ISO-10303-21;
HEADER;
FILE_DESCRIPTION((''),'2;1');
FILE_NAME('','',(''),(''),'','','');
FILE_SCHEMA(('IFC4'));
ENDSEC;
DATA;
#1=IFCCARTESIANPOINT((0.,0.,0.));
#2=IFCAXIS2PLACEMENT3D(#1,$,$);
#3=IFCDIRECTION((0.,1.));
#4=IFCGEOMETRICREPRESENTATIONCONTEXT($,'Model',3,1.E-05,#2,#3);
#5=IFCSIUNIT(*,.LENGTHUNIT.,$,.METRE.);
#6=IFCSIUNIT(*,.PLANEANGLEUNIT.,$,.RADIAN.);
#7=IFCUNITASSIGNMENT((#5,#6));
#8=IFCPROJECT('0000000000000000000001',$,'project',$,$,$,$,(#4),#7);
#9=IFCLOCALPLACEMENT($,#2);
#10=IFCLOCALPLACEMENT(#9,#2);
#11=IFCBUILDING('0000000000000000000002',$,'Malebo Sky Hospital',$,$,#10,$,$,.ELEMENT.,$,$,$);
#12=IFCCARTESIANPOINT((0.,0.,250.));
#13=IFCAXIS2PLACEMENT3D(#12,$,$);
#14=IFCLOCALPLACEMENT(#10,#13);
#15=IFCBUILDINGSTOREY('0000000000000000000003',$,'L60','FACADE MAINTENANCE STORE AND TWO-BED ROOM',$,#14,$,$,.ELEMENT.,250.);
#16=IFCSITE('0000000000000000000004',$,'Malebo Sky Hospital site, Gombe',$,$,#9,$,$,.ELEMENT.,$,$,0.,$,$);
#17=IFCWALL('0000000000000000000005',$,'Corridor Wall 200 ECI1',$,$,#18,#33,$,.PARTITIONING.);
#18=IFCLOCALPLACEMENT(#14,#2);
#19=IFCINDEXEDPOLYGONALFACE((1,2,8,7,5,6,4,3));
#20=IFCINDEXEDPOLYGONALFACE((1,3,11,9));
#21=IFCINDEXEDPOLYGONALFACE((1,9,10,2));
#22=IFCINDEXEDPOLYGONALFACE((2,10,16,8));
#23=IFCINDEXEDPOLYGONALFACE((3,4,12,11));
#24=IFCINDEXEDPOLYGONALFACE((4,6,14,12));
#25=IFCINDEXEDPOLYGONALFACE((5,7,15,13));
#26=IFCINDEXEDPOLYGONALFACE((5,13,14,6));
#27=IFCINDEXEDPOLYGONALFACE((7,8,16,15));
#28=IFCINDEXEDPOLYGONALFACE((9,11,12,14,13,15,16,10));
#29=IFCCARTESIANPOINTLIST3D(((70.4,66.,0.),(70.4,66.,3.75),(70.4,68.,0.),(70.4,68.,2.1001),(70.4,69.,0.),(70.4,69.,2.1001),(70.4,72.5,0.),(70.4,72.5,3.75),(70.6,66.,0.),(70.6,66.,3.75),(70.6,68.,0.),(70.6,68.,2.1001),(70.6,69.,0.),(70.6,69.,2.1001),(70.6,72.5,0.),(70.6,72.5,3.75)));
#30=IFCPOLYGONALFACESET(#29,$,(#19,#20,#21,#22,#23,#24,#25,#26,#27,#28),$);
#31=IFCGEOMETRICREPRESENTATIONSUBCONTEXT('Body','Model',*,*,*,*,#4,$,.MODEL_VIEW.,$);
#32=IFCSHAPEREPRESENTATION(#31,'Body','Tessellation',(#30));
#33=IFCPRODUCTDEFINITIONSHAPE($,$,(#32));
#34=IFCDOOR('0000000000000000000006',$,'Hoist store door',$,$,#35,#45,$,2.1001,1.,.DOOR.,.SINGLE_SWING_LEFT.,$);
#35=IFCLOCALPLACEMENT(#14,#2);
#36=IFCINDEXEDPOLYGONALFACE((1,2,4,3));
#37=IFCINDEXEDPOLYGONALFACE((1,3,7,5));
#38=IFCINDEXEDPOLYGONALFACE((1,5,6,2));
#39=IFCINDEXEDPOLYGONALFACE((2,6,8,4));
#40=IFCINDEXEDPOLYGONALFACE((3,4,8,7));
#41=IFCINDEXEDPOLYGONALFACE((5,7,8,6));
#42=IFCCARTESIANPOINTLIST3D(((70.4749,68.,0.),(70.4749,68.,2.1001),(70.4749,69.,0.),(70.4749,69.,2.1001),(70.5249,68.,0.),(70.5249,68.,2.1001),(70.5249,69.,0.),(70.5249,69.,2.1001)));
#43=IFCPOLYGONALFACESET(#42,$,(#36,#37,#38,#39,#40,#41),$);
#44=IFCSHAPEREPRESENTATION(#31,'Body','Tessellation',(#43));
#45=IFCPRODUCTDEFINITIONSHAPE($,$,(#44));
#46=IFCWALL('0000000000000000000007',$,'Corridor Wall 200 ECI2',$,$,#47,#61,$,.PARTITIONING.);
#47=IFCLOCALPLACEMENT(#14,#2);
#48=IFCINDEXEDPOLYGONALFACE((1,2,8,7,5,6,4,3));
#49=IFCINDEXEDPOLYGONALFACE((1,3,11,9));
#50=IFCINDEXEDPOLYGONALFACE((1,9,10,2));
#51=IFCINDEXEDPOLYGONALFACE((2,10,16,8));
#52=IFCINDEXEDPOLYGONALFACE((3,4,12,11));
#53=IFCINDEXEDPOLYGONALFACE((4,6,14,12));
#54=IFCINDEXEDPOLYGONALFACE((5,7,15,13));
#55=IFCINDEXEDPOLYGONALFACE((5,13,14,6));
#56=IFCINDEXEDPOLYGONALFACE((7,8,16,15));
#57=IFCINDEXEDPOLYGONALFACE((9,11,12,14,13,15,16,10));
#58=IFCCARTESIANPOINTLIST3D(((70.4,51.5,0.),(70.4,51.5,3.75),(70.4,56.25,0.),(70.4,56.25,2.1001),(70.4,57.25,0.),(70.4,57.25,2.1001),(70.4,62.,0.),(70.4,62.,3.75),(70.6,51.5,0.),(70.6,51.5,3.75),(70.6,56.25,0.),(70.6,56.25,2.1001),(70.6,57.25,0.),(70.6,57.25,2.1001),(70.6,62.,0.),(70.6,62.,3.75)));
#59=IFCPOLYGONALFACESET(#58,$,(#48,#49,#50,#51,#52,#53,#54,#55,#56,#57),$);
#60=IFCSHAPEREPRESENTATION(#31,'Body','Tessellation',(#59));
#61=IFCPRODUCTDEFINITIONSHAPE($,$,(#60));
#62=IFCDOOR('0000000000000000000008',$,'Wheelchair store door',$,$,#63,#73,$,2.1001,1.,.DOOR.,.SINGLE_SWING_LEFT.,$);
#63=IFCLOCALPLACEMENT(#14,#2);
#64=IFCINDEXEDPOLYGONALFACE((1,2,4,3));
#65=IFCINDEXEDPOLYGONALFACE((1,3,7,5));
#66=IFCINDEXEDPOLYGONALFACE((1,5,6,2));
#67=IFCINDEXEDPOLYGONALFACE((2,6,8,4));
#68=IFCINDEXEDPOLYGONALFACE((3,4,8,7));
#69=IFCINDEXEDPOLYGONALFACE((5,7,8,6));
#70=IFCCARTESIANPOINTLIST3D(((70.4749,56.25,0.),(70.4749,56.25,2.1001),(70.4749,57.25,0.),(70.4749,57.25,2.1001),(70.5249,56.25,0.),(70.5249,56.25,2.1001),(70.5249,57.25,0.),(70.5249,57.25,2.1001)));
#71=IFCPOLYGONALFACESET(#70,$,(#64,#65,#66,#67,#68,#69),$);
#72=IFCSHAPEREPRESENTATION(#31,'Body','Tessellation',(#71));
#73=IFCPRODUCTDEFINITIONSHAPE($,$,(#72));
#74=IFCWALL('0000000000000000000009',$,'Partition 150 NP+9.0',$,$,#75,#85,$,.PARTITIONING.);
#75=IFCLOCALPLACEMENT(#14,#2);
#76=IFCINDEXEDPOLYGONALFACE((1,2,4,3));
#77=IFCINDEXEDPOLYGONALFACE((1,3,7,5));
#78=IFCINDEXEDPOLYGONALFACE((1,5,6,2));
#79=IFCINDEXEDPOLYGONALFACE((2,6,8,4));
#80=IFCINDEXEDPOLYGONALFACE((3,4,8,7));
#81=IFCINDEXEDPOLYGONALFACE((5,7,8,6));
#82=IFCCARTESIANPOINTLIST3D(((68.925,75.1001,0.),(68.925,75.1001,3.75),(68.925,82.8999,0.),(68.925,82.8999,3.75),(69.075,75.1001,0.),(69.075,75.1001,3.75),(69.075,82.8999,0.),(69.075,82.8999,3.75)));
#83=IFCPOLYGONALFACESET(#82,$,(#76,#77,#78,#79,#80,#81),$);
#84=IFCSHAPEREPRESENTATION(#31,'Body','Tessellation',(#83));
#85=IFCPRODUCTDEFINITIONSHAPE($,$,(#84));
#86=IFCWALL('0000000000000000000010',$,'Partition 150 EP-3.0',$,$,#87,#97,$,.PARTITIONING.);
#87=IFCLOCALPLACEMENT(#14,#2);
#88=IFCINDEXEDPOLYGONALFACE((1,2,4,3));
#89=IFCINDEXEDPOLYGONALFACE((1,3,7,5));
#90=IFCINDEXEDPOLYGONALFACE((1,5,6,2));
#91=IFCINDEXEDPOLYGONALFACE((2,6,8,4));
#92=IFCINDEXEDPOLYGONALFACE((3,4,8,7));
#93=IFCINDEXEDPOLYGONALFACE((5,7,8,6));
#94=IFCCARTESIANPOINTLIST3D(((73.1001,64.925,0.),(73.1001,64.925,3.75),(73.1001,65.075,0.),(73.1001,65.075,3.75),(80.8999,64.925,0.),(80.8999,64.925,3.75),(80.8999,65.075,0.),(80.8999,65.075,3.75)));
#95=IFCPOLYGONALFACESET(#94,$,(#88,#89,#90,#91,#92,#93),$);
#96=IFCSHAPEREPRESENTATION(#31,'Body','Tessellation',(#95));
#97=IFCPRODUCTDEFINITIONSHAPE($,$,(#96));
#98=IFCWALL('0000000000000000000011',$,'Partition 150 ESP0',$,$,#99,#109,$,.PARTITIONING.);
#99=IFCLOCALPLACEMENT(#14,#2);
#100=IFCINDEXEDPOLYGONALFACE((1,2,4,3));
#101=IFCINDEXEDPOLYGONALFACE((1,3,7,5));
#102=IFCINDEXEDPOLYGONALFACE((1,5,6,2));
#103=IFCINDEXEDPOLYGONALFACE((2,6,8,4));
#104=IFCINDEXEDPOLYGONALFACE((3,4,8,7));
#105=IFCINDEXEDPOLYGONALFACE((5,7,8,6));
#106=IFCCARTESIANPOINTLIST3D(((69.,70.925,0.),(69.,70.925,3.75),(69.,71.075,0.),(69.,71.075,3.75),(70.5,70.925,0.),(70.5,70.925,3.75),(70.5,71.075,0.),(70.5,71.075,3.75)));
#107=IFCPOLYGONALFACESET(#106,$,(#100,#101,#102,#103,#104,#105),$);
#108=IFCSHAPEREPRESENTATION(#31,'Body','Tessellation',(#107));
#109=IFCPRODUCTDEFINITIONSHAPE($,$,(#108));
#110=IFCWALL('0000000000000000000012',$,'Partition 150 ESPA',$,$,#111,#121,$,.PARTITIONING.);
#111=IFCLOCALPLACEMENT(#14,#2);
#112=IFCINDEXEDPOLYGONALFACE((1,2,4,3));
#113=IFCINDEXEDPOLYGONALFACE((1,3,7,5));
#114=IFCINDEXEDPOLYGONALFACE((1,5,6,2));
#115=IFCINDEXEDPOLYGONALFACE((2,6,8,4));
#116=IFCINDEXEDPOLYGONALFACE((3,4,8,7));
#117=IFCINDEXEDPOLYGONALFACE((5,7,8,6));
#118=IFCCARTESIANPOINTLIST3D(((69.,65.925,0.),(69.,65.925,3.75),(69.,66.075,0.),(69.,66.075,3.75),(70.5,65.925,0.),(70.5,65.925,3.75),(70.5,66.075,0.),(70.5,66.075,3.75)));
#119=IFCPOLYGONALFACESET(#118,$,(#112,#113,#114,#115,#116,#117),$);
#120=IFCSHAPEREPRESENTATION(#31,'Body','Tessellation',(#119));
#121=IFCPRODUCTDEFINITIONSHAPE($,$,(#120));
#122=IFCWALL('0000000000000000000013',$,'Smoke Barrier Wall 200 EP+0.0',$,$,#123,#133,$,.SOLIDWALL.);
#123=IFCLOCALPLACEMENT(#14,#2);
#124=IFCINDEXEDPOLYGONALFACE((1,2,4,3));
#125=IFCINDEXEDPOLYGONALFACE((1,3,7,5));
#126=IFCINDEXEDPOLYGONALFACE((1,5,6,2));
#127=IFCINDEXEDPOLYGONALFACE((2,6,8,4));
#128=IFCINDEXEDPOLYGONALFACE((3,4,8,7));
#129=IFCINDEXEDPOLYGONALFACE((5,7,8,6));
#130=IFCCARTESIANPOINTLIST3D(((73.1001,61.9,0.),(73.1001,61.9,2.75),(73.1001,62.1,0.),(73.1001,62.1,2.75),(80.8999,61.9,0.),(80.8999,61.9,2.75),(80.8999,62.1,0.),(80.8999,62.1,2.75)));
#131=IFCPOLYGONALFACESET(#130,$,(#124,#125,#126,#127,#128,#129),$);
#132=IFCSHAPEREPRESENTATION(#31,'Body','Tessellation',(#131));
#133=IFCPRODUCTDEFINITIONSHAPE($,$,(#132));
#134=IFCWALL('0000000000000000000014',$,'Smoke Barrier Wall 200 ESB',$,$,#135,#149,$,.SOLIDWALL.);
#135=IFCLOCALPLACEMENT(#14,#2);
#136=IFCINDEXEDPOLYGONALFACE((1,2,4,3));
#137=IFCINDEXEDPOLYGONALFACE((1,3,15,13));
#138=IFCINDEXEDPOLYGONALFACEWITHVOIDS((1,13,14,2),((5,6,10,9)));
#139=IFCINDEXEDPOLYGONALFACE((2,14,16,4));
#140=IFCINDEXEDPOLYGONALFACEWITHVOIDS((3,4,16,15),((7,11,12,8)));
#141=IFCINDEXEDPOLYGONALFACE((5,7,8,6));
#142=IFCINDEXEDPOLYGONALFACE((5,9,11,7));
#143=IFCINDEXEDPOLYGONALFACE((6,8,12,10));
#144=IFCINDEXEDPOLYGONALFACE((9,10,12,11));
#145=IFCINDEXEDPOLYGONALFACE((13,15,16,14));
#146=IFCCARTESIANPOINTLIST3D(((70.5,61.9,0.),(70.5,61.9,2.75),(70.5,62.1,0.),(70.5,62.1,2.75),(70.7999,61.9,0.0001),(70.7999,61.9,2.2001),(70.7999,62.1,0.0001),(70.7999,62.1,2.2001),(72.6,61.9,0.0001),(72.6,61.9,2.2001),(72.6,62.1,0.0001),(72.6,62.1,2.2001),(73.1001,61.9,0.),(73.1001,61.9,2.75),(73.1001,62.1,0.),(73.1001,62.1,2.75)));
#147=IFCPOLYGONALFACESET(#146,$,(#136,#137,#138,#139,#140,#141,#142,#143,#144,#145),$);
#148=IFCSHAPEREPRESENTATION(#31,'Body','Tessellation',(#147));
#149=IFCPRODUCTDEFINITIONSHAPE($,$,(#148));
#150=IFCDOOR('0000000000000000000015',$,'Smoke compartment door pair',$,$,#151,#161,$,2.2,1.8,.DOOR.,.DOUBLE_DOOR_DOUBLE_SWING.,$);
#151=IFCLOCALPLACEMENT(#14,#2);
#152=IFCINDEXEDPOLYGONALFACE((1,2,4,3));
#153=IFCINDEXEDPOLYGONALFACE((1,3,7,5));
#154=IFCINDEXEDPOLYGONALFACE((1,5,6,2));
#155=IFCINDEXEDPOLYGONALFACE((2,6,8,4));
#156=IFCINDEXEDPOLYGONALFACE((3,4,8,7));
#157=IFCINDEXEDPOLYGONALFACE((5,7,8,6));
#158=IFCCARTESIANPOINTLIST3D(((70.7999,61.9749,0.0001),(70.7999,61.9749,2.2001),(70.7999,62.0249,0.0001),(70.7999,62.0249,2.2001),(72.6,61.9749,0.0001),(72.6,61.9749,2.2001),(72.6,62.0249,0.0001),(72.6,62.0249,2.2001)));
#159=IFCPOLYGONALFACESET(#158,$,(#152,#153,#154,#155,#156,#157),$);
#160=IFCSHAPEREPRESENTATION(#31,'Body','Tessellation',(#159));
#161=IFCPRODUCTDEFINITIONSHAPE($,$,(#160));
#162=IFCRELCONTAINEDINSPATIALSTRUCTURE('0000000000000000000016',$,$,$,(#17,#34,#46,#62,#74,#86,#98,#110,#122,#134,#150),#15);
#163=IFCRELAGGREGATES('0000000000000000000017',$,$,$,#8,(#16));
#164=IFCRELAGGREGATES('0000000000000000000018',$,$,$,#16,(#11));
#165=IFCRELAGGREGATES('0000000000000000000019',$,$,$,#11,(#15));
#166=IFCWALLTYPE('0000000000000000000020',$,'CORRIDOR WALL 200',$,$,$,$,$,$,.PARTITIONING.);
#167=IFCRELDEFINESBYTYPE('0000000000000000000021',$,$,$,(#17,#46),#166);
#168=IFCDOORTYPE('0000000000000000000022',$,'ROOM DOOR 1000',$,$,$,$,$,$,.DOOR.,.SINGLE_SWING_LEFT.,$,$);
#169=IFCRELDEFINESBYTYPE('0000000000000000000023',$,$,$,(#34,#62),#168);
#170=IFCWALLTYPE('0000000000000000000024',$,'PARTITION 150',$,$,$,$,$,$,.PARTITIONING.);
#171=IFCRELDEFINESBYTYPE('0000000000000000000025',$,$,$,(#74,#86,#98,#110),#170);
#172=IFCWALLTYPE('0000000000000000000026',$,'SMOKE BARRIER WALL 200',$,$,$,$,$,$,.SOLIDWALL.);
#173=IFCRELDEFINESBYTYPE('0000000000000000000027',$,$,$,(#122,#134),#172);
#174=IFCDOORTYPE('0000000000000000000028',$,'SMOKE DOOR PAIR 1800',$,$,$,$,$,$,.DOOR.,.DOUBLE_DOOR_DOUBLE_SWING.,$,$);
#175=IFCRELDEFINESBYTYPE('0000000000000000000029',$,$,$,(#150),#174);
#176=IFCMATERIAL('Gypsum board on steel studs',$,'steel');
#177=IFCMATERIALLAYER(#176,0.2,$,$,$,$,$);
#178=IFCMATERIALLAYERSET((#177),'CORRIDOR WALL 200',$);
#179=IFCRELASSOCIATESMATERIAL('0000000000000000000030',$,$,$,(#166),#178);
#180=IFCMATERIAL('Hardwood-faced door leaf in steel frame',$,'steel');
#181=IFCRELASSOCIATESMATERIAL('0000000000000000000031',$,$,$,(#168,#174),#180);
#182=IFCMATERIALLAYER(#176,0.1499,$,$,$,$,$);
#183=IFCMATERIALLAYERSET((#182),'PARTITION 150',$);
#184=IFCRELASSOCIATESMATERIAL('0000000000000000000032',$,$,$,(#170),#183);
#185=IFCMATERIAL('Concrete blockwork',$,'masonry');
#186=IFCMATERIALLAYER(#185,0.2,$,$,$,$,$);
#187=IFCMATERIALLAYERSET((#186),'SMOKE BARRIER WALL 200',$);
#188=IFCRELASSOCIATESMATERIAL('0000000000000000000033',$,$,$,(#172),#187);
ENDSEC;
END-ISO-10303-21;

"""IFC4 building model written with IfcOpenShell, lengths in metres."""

from ifc_helpers import new_model, si_unit, direction, frame, frame_2d, origin, place, context, subcontext, project, spatial, rectangle, extrude, material, layer, layer_set, type_object, element, fill, save


model = new_model("IFC4")

# Units and contexts
model_context = context("Model", 3, precision=1e-05, world=origin(), true_north=direction((0.0, 1.0)))
body_context = subcontext(model_context, "Body", "Model", "MODEL_VIEW")
ifc_project = project(units=[si_unit("LENGTHUNIT", "METRE"), si_unit("PLANEANGLEUNIT", "RADIAN")], contexts=[model_context])

# Site, building, storey
site_placement = place(None, origin())
site = spatial("IfcSite", under=ifc_project, at=site_placement, Name="Malebo Sky Hospital site, Gombe", CompositionType="ELEMENT", RefElevation=0.0)
building_placement = place(site_placement, origin())
building = spatial("IfcBuilding", under=site, at=building_placement, Name="Malebo Sky Hospital", CompositionType="ELEMENT")
storey_placement = place(building_placement, frame((0.0, 0.0, 250.0)))
storey = spatial("IfcBuildingStorey", under=building, at=storey_placement, Name="L60", Description="FACADE MAINTENANCE STORE AND TWO-BED ROOM", CompositionType="ELEMENT", Elevation=250.0)

# Shared definitions
ifc_material_1 = material(Name="Gypsum board on steel studs", Category="steel")
ifc_layer_1 = layer(ifc_material_1, 0.2)
ifc_layer_set_1 = layer_set([ifc_layer_1], Name="CORRIDOR WALL 200")
wall_type_1 = type_object("IfcWallType", Name="CORRIDOR WALL 200", PredefinedType="PARTITIONING", material=ifc_layer_set_1)
ifc_material_2 = material(Name="Hardwood-faced door leaf in steel frame", Category="steel")
door_type_1 = type_object("IfcDoorType", Name="ROOM DOOR 1000", OperationType="SINGLE_SWING_LEFT", PredefinedType="DOOR", material=ifc_material_2)

# Walls, openings, doors
wall_1_placement = place(storey_placement, frame((70.5, 72.5, 0.0), z_axis=(0.0, 0.0, 1.0), x_axis=(0.0, -1.0, 0.0)))
wall_1 = element("IfcWall", 1, at=wall_1_placement, inside=storey, type_object=wall_type_1, Name="Corridor Wall 200 ECI1", PredefinedType="PARTITIONING", context=body_context, shape_type="SweptSolid", body=[
    extrude(rectangle(XDim=6.5, YDim=0.2, at=frame_2d((3.25, 0.0))), origin(), (0.0, 0.0, 1.0), 3.75),
])
opening_1_placement = place(wall_1_placement, frame((3.5, 0.0, 0.0)))
opening_1 = element("IfcOpeningElement", 2, at=opening_1_placement, cuts=wall_1, PredefinedType="OPENING", context=body_context, shape_type="SweptSolid", body=[
    extrude(rectangle(XDim=1.0, YDim=2.1001, at=frame_2d((0.5, 1.05))), frame((0.0, 0.1099, 0.0), z_axis=(0.0, -1.0, 0.0), x_axis=(1.0, 0.0, 0.0)), (0.0, 0.0, 1.0), 0.22),
])
door_1_placement = place(opening_1_placement, origin())
door_1 = element("IfcDoor", 3, at=door_1_placement, inside=storey, type_object=door_type_1, Name="Hoist store door", OperationType="SINGLE_SWING_LEFT", OverallHeight=2.1001, OverallWidth=1.0, PredefinedType="DOOR", context=body_context, shape_type="SweptSolid", body=[
    extrude(rectangle(XDim=1.0, YDim=2.1001, at=frame_2d((0.5, 1.05))), frame((0.0, 0.0249, 0.0), z_axis=(0.0, -1.0, 0.0), x_axis=(1.0, 0.0, 0.0)), (0.0, 0.0, 1.0), 0.05),
])
fill(opening_1, door_1)
wall_2_placement = place(storey_placement, frame((70.5, 62.0, 0.0), z_axis=(0.0, 0.0, 1.0), x_axis=(0.0, -1.0, 0.0)))
wall_2 = element("IfcWall", 4, at=wall_2_placement, inside=storey, type_object=wall_type_1, Name="Corridor Wall 200 ECI2", PredefinedType="PARTITIONING", context=body_context, shape_type="SweptSolid", body=[
    extrude(rectangle(XDim=10.5, YDim=0.2, at=frame_2d((5.25, 0.0))), origin(), (0.0, 0.0, 1.0), 3.75),
])
opening_2_placement = place(wall_2_placement, frame((4.75, 0.0, 0.0)))
opening_2 = element("IfcOpeningElement", 5, at=opening_2_placement, cuts=wall_2, PredefinedType="OPENING", context=body_context, shape_type="SweptSolid", body=[
    extrude(rectangle(XDim=1.0, YDim=2.1001, at=frame_2d((0.5, 1.05))), frame((0.0, 0.1099, 0.0), z_axis=(0.0, -1.0, 0.0), x_axis=(1.0, 0.0, 0.0)), (0.0, 0.0, 1.0), 0.22),
])
door_2_placement = place(opening_2_placement, origin())
door_2 = element("IfcDoor", 6, at=door_2_placement, inside=storey, type_object=door_type_1, Name="Wheelchair store door", OperationType="SINGLE_SWING_LEFT", OverallHeight=2.1001, OverallWidth=1.0, PredefinedType="DOOR", context=body_context, shape_type="SweptSolid", body=[
    extrude(rectangle(XDim=1.0, YDim=2.1001, at=frame_2d((0.5, 1.05))), frame((0.0, 0.0249, 0.0), z_axis=(0.0, -1.0, 0.0), x_axis=(1.0, 0.0, 0.0)), (0.0, 0.0, 1.0), 0.05),
])
fill(opening_2, door_2)

# Walls
ifc_layer_2 = layer(ifc_material_1, 0.1499)
ifc_layer_set_2 = layer_set([ifc_layer_2], Name="PARTITION 150")
wall_type_2 = type_object("IfcWallType", Name="PARTITION 150", PredefinedType="PARTITIONING", material=ifc_layer_set_2)
for number, where, z_axis, x_axis, name in (
    (7, (69.0, 75.1001, 0.0), (0.0, 0.0, 1.0), (0.0, 1.0, 0.0), "Partition 150 NP+9.0"),
    (8, (73.1001, 65.0, 0.0), (0.0, 0.0, 1.0), (1.0, 0.0, 0.0), "Partition 150 EP-3.0"),
):
    element("IfcWall", number, at=place(storey_placement, frame(where, z_axis=z_axis, x_axis=x_axis)), inside=storey, type_object=wall_type_2, Name=name, PredefinedType="PARTITIONING", context=body_context, shape_type="SweptSolid", body=[
        extrude(rectangle(XDim=7.7998, YDim=0.1499, at=frame_2d((3.8999, 0.0))), origin(), (0.0, 0.0, 1.0), 3.75),
    ])
for number, where, z_axis, x_axis, name in (
    (9, (69.0, 71.0, 0.0), (0.0, 0.0, 1.0), (1.0, 0.0, 0.0), "Partition 150 ESP0"),
    (10, (69.0, 66.0, 0.0), (0.0, 0.0, 1.0), (1.0, 0.0, 0.0), "Partition 150 ESPA"),
):
    element("IfcWall", number, at=place(storey_placement, frame(where, z_axis=z_axis, x_axis=x_axis)), inside=storey, type_object=wall_type_2, Name=name, PredefinedType="PARTITIONING", context=body_context, shape_type="SweptSolid", body=[
        extrude(rectangle(XDim=1.5, YDim=0.1499, at=frame_2d((0.75, 0.0))), origin(), (0.0, 0.0, 1.0), 3.75),
    ])
ifc_material_3 = material(Name="Concrete blockwork", Category="masonry")
ifc_layer_3 = layer(ifc_material_3, 0.2)
ifc_layer_set_3 = layer_set([ifc_layer_3], Name="SMOKE BARRIER WALL 200")
wall_type_3 = type_object("IfcWallType", Name="SMOKE BARRIER WALL 200", PredefinedType="SOLIDWALL", material=ifc_layer_set_3)
wall_3_placement = place(storey_placement, frame((73.1001, 62.0, 0.0), z_axis=(0.0, 0.0, 1.0), x_axis=(1.0, 0.0, 0.0)))
element("IfcWall", 11, at=wall_3_placement, inside=storey, type_object=wall_type_3, Name="Smoke Barrier Wall 200 EP+0.0", PredefinedType="SOLIDWALL", context=body_context, shape_type="SweptSolid", body=[
    extrude(rectangle(XDim=7.7998, YDim=0.2, at=frame_2d((3.8999, 0.0))), origin(), (0.0, 0.0, 1.0), 2.75),
])

# Wall, opening, door
wall_4_placement = place(storey_placement, frame((70.5, 62.0, 0.0), z_axis=(0.0, 0.0, 1.0), x_axis=(1.0, 0.0, 0.0)))
wall_4 = element("IfcWall", 12, at=wall_4_placement, inside=storey, type_object=wall_type_3, Name="Smoke Barrier Wall 200 ESB", PredefinedType="SOLIDWALL", context=body_context, shape_type="SweptSolid", body=[
    extrude(rectangle(XDim=2.6001, YDim=0.2, at=frame_2d((1.3, 0.0))), origin(), (0.0, 0.0, 1.0), 2.75),
])
opening_3_placement = place(wall_4_placement, frame((0.3, 0.0, 0.0)))
opening_3 = element("IfcOpeningElement", 13, at=opening_3_placement, cuts=wall_4, PredefinedType="OPENING", context=body_context, shape_type="SweptSolid", body=[
    extrude(rectangle(XDim=1.8, YDim=2.2, at=frame_2d((0.8999, 1.1001))), frame((0.0, 0.1099, 0.0), z_axis=(0.0, -1.0, 0.0), x_axis=(1.0, 0.0, 0.0)), (0.0, 0.0, 1.0), 0.22),
])
door_type_2 = type_object("IfcDoorType", Name="SMOKE DOOR PAIR 1800", OperationType="DOUBLE_DOOR_DOUBLE_SWING", PredefinedType="DOOR", material=ifc_material_2)
door_3_placement = place(opening_3_placement, origin())
door_3 = element("IfcDoor", 14, at=door_3_placement, inside=storey, type_object=door_type_2, Name="Smoke compartment door pair", OperationType="DOUBLE_DOOR_DOUBLE_SWING", OverallHeight=2.2, OverallWidth=1.8, PredefinedType="DOOR", context=body_context, shape_type="SweptSolid", body=[
    extrude(rectangle(XDim=1.8, YDim=2.2, at=frame_2d((0.8999, 1.1001))), frame((0.0, 0.0249, 0.0), z_axis=(0.0, -1.0, 0.0), x_axis=(1.0, 0.0, 0.0)), (0.0, 0.0, 1.0), 0.05),
])
fill(opening_3, door_3)

save(model, "model.ifc")
